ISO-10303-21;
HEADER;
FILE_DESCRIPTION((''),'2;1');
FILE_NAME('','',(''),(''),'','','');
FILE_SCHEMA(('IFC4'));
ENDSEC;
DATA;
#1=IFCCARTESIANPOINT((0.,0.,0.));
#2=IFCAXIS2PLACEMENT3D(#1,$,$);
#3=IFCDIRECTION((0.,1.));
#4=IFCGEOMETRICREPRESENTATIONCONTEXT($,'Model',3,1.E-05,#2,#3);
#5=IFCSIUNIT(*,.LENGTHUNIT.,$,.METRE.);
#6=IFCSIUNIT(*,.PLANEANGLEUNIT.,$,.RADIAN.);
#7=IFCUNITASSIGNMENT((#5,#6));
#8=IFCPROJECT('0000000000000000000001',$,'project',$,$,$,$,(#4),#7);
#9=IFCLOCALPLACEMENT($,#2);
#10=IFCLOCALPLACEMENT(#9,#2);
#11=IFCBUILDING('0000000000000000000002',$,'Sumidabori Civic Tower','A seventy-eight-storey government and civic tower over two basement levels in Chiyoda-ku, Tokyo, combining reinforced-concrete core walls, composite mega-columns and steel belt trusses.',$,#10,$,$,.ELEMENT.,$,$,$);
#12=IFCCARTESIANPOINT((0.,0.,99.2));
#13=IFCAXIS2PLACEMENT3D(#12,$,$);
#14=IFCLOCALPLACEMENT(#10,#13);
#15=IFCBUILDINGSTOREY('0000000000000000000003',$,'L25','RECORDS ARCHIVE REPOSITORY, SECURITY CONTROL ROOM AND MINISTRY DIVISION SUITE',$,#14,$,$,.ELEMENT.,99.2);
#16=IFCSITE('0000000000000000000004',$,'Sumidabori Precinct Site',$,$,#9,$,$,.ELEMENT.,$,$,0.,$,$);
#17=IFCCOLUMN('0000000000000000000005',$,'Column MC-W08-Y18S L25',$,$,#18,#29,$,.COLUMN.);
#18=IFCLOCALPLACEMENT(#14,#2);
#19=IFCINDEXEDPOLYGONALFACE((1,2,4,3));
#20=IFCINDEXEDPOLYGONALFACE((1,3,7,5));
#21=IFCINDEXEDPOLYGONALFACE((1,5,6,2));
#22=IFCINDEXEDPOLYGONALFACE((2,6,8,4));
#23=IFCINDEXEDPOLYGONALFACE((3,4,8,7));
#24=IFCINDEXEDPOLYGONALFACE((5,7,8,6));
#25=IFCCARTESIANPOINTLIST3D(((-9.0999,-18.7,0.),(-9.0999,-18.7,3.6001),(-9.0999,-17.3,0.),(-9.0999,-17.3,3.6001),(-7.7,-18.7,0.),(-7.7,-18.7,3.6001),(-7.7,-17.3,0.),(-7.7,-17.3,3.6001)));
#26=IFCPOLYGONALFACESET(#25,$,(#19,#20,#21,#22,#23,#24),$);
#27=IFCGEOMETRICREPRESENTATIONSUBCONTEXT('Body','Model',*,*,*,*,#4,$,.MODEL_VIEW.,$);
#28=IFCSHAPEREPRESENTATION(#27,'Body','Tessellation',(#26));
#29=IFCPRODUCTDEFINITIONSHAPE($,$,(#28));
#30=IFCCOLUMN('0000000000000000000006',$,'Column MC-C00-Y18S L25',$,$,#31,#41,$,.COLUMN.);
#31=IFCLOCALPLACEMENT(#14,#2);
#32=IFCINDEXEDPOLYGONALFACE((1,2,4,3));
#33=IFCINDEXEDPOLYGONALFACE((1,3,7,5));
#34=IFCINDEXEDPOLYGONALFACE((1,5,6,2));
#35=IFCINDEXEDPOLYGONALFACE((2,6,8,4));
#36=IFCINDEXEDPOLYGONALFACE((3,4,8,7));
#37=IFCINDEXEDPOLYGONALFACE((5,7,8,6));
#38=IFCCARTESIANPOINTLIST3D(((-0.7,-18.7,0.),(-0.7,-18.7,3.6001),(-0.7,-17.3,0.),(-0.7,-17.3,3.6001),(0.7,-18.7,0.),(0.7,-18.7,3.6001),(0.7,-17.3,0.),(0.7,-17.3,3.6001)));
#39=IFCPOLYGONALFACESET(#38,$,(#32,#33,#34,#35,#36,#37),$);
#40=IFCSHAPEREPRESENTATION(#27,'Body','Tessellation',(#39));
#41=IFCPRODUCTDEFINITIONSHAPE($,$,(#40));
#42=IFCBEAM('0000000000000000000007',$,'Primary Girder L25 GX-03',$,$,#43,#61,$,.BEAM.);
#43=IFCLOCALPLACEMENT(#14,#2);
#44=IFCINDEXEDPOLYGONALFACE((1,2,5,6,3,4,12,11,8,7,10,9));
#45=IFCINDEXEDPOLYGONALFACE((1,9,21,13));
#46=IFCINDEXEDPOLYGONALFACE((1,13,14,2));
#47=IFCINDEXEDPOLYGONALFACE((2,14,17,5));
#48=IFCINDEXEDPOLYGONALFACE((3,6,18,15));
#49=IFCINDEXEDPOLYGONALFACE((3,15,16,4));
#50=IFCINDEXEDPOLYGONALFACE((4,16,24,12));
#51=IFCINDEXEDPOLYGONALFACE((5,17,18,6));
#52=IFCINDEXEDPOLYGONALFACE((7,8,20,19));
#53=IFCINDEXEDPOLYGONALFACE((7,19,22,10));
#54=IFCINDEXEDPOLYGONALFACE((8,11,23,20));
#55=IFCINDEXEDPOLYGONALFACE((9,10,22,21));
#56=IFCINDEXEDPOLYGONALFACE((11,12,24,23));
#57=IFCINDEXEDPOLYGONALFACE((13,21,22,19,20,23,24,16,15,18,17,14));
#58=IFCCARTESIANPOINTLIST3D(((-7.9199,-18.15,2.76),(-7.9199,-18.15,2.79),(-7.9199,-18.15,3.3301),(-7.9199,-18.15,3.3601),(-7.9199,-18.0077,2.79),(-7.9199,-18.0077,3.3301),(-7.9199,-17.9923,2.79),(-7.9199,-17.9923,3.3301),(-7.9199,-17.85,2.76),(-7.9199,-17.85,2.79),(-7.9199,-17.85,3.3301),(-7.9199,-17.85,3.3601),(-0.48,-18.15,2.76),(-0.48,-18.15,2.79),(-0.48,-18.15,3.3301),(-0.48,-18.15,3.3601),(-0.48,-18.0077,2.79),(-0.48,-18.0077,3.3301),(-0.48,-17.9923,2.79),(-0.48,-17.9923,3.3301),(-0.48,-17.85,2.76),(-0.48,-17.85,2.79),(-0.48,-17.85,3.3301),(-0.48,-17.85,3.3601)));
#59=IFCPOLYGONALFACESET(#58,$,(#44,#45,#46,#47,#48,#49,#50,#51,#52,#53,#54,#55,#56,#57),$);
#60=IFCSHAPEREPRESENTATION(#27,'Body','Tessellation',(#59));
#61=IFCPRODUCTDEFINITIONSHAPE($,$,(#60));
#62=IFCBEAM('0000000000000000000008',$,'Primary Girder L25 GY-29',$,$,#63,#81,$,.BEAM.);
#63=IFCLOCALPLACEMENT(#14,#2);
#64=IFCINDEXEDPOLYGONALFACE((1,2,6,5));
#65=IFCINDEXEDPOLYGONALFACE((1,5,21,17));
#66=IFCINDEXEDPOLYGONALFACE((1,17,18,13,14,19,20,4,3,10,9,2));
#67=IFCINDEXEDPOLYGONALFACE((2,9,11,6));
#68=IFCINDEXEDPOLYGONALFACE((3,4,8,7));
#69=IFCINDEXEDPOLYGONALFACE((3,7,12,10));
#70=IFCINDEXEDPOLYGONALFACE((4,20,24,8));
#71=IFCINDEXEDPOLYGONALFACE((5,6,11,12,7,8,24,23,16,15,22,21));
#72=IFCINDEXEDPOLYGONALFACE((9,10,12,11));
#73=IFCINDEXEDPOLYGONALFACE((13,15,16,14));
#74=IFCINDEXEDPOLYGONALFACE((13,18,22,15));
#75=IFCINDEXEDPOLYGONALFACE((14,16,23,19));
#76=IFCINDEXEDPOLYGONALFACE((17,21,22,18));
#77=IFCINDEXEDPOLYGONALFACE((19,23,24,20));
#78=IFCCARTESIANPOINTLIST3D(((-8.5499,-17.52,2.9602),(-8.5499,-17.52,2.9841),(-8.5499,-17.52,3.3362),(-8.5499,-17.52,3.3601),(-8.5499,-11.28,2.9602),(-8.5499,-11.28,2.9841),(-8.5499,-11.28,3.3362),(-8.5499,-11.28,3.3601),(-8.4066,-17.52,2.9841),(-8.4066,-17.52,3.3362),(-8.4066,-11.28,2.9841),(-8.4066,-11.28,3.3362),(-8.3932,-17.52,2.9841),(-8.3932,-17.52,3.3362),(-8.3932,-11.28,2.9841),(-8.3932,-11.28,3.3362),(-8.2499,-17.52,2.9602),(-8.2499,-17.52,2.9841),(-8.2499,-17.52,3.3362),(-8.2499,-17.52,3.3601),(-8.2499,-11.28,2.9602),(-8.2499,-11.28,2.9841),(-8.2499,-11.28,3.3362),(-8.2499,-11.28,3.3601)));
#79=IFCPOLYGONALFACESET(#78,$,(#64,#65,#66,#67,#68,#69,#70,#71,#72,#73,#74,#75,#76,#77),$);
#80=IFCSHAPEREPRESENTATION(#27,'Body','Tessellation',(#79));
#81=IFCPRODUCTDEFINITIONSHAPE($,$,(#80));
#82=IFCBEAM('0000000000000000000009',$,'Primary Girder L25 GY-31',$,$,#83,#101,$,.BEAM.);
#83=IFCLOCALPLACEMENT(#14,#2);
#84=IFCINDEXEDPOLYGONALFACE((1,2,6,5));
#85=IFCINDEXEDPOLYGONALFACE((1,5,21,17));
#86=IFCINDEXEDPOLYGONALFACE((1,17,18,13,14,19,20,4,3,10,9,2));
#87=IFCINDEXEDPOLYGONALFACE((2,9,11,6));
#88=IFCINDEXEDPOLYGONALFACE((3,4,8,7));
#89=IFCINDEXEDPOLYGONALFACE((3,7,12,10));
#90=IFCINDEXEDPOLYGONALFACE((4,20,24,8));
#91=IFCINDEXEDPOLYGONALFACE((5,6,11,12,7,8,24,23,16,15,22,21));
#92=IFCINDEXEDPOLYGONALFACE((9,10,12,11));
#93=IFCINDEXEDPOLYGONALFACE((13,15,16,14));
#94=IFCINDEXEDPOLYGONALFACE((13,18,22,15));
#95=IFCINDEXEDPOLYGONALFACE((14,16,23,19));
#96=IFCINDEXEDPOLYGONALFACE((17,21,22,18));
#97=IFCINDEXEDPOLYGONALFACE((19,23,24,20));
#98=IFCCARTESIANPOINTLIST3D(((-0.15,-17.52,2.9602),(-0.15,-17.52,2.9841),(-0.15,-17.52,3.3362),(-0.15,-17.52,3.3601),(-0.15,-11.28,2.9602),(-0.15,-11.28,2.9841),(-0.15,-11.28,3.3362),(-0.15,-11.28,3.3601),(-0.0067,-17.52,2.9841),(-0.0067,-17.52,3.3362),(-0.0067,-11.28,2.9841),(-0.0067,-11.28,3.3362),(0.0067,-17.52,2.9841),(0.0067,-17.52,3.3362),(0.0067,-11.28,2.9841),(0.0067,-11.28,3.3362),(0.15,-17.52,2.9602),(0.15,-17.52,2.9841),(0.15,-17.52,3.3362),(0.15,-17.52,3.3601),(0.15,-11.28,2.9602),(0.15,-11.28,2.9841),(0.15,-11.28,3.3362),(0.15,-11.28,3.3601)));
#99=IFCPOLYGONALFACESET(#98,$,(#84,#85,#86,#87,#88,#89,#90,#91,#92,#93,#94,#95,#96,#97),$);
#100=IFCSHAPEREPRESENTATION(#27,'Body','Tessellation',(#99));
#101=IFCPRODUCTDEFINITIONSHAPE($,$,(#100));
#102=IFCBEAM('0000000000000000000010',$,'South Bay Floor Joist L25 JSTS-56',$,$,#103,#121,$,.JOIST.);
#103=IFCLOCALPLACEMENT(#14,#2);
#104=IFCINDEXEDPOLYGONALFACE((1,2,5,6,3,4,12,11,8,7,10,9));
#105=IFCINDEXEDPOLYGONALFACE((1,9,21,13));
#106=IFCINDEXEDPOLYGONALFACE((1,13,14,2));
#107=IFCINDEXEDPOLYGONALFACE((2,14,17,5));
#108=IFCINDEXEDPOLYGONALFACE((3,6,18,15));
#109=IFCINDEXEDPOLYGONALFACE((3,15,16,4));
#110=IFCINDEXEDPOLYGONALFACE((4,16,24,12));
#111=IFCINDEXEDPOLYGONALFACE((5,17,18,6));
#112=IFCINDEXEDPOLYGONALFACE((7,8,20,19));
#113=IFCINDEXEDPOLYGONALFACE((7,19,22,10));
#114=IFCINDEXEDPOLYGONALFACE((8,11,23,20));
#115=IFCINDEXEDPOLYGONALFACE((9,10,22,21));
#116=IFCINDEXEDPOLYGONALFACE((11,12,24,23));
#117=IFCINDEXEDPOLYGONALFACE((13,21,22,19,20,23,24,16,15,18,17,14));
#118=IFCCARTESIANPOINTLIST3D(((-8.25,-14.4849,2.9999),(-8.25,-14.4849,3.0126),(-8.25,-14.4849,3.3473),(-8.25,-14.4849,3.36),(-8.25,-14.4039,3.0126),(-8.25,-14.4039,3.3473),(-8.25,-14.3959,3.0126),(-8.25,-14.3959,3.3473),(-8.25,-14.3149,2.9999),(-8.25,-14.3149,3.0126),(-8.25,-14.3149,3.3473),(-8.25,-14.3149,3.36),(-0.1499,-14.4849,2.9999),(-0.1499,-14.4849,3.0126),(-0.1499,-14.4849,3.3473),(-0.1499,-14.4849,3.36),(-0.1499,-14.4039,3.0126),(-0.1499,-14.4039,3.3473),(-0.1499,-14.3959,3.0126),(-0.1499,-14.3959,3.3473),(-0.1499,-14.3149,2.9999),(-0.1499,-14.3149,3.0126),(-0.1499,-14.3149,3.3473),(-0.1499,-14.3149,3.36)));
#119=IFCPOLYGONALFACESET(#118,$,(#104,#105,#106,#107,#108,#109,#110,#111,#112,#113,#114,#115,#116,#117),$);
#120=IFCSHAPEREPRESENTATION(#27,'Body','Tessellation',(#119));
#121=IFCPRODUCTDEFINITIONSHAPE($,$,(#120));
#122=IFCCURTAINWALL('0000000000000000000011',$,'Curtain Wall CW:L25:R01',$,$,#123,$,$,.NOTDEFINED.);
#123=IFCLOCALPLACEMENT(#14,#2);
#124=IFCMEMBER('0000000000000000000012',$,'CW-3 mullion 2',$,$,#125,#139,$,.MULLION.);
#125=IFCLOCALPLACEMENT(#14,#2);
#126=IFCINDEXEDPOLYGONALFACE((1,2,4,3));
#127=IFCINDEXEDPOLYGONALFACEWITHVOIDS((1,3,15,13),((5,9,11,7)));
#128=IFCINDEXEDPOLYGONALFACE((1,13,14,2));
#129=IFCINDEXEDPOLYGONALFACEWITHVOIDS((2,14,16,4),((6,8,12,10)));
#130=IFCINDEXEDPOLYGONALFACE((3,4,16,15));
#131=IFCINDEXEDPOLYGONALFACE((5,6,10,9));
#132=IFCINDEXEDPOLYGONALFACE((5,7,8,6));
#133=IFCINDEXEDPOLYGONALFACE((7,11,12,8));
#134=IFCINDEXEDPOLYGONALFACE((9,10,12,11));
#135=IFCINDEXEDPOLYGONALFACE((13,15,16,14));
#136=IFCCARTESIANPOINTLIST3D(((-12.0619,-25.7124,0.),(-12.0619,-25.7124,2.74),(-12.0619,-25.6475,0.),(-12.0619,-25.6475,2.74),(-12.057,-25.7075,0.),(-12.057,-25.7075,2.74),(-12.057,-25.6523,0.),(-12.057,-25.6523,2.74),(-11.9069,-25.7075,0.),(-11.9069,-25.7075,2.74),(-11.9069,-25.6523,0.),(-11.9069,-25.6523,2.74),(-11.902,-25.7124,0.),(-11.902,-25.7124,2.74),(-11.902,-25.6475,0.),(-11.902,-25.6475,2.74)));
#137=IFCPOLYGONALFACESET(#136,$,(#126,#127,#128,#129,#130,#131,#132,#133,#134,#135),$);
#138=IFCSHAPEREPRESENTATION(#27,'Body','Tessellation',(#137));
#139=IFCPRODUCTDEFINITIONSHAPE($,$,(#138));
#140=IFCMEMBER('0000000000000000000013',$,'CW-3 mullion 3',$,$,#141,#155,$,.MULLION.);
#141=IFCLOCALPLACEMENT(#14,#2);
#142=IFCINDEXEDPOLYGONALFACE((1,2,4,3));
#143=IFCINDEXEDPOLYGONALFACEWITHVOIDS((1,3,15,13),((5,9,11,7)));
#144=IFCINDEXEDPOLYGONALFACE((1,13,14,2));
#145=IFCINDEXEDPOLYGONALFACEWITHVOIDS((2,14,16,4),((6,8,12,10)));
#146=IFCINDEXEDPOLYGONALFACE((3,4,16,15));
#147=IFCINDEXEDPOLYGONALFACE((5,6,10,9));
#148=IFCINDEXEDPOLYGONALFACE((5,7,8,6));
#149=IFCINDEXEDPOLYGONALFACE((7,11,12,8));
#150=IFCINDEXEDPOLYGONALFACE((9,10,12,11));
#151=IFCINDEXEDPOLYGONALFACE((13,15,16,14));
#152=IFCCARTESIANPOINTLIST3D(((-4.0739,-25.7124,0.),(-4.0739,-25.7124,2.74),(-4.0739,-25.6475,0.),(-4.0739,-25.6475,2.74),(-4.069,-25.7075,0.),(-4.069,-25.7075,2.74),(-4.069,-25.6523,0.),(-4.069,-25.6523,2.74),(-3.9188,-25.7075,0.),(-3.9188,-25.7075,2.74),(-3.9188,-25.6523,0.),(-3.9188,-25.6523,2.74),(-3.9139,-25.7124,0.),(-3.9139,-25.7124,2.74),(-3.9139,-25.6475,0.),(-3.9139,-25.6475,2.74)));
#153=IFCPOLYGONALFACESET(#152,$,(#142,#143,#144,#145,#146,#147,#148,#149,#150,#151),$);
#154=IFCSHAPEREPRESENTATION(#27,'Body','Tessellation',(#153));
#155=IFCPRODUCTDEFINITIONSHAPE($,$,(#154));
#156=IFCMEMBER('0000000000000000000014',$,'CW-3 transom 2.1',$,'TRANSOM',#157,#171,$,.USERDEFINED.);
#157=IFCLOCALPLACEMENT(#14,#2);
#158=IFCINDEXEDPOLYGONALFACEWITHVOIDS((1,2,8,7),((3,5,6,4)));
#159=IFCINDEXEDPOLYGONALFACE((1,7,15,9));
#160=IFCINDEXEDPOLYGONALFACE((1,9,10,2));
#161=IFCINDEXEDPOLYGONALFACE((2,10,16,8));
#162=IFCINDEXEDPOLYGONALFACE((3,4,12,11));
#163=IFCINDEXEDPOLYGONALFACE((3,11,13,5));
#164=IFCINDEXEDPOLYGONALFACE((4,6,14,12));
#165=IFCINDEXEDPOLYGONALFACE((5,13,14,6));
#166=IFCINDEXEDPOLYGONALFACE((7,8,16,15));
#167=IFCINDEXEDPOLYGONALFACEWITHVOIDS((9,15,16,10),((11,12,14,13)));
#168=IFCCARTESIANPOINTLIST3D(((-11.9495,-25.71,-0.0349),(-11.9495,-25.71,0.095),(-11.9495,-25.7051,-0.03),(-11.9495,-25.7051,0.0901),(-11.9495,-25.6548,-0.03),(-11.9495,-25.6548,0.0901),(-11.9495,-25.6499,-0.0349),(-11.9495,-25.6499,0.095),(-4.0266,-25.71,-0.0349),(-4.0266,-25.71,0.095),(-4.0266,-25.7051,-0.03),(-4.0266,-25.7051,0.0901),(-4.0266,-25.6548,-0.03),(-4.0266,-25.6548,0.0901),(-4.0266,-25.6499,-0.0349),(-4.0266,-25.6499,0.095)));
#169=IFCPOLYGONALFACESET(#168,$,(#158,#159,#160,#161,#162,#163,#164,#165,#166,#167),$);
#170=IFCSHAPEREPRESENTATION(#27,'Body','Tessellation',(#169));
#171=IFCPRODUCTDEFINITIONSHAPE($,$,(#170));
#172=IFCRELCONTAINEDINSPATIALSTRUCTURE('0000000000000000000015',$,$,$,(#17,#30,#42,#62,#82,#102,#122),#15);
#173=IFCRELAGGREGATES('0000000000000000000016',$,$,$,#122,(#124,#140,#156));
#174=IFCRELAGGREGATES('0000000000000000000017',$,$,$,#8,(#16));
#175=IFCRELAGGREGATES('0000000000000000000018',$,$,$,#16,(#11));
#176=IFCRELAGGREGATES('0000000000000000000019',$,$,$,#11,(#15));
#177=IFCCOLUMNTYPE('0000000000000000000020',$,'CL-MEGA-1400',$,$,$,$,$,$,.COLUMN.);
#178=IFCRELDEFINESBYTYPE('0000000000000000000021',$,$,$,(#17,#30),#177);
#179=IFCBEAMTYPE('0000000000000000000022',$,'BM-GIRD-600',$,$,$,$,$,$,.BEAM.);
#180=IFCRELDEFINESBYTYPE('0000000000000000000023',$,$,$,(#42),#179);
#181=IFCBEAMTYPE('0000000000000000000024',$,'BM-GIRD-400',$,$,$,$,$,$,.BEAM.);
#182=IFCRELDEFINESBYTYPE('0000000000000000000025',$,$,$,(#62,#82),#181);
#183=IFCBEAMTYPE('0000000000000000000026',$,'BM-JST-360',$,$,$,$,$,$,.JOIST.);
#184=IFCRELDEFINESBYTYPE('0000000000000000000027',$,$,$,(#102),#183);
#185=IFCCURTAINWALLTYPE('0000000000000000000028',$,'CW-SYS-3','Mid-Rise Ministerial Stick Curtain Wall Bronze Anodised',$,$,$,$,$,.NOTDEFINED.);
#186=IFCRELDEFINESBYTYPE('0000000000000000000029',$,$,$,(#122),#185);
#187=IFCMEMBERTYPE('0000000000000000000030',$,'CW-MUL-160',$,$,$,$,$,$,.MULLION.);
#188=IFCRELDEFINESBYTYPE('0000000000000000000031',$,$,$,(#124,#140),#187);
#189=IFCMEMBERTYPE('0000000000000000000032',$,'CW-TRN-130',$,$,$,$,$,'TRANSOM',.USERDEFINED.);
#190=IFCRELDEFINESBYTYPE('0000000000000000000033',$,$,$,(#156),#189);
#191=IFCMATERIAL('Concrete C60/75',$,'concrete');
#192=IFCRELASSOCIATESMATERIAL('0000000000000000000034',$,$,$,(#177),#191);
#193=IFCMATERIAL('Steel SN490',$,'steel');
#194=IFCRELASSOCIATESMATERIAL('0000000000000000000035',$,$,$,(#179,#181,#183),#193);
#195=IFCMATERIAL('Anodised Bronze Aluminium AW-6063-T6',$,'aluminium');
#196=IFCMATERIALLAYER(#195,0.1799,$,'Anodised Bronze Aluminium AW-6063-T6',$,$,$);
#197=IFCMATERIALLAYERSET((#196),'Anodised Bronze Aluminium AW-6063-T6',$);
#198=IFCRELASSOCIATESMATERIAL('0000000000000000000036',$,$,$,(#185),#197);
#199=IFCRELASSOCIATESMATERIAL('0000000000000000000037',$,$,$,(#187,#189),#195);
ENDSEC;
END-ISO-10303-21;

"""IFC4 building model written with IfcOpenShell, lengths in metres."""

from ifc_helpers import new_model, si_unit, direction, frame, origin, origin_2d, place, context, subcontext, project, spatial, rectangle, hollow_rectangle, i_section, extrude, source, transform, mapped, material, layer, layer_set, material_profile, profile_set, type_object, element, aggregate, save


model = new_model("IFC4")

# Units and contexts
model_context = context("Model", 3, precision=1e-05, world=origin(), true_north=direction((0.0, 1.0)))
body_context = subcontext(model_context, "Body", "Model", "MODEL_VIEW")
ifc_project = project(units=[si_unit("LENGTHUNIT", "METRE"), si_unit("PLANEANGLEUNIT", "RADIAN")], contexts=[model_context])

# Site, building, storey
site_placement = place(None, origin())
site = spatial("IfcSite", under=ifc_project, at=site_placement, Name="Sumidabori Precinct Site", CompositionType="ELEMENT", RefElevation=0.0)
building_placement = place(site_placement, origin())
building = spatial("IfcBuilding", under=site, at=building_placement, Name="Sumidabori Civic Tower", Description="A seventy-eight-storey government and civic tower over two basement levels in Chiyoda-ku, Tokyo, combining reinforced-concrete core walls, composite mega-columns and steel belt trusses.", CompositionType="ELEMENT")
storey_placement = place(building_placement, frame((0.0, 0.0, 99.2)))
storey = spatial("IfcBuildingStorey", under=building, at=storey_placement, Name="L25", Description="RECORDS ARCHIVE REPOSITORY, SECURITY CONTROL ROOM AND MINISTRY DIVISION SUITE", CompositionType="ELEMENT", Elevation=99.2)

# Columns
ifc_material_1 = material(Name="Concrete C60/75", Category="concrete")
ifc_material_profile_1 = material_profile(ifc_material_1, rectangle(XDim=1.3999, YDim=1.3999, at=origin_2d()), Name="RC 1400x1400")
ifc_profile_set_1 = profile_set([ifc_material_profile_1], Name="Concrete C60/75")
column_type = type_object("IfcColumnType", Name="CL-MEGA-1400", PredefinedType="COLUMN", material=ifc_profile_set_1)
shared_shape_1 = source(origin(), body_context, "Body", "SweptSolid", [
    extrude(rectangle(XDim=1.3999, YDim=1.3999, at=origin_2d()), origin(), (0.0, 0.0, 1.0), 3.6001),
])
for number, where, z_axis, x_axis, name in (
    (1, (-8.3999, -18.0, 0.0), (0.0, 0.0, 1.0), (1.0, 0.0, 0.0), "Column MC-W08-Y18S L25"),
    (2, (0.0, -18.0, 0.0), (0.0, 0.0, 1.0), (1.0, 0.0, 0.0), "Column MC-C00-Y18S L25"),
):
    element("IfcColumn", number, at=place(storey_placement, frame(where, z_axis=z_axis, x_axis=x_axis)), inside=storey, type_object=column_type, Name=name, PredefinedType="COLUMN", context=body_context, shape_type="MappedRepresentation", body=[
        mapped(shared_shape_1, transform((0.0, 0.0, 0.0), x_axis=(1.0, 0.0, 0.0), y_axis=(0.0, 1.0, 0.0), z_axis=(0.0, 0.0, 1.0), scale=1.0)),
    ])

# Beams
ifc_material_2 = material(Name="Steel SN490", Category="steel")
ifc_material_profile_2 = material_profile(ifc_material_2, i_section(OverallWidth=0.3, OverallDepth=0.6001, WebThickness=0.0154, FlangeThickness=0.03, at=origin_2d()), Name="HE 600 B")
ifc_profile_set_2 = profile_set([ifc_material_profile_2], Name="Steel SN490")
beam_type_1 = type_object("IfcBeamType", Name="BM-GIRD-600", PredefinedType="BEAM", material=ifc_profile_set_2)
shared_shape_2 = source(origin(), body_context, "Body", "SweptSolid", [
    extrude(i_section(OverallWidth=0.3, OverallDepth=0.6001, WebThickness=0.0154, FlangeThickness=0.03, at=origin_2d()), origin(), (0.0, 0.0, 1.0), 7.4399),
])
beam_1_placement = place(storey_placement, frame((-7.9199, -18.0, 3.0601), z_axis=(1.0, 0.0, 0.0), x_axis=(0.0, 1.0, 0.0)))
element("IfcBeam", 3, at=beam_1_placement, inside=storey, type_object=beam_type_1, Name="Primary Girder L25 GX-03", PredefinedType="BEAM", context=body_context, shape_type="MappedRepresentation", body=[
    mapped(shared_shape_2, transform((0.0, 0.0, 0.0), x_axis=(1.0, 0.0, 0.0), y_axis=(0.0, 1.0, 0.0), z_axis=(0.0, 0.0, 1.0), scale=1.0)),
])
ifc_material_profile_3 = material_profile(ifc_material_2, i_section(OverallWidth=0.3, OverallDepth=0.3999, WebThickness=0.0134, FlangeThickness=0.0239, at=origin_2d()), Name="HE 400 B")
ifc_profile_set_3 = profile_set([ifc_material_profile_3], Name="Steel SN490")
beam_type_2 = type_object("IfcBeamType", Name="BM-GIRD-400", PredefinedType="BEAM", material=ifc_profile_set_3)
shared_shape_3 = source(origin(), body_context, "Body", "SweptSolid", [
    extrude(i_section(OverallWidth=0.3, OverallDepth=0.3999, WebThickness=0.0134, FlangeThickness=0.0239, at=origin_2d()), origin(), (0.0, 0.0, 1.0), 6.24),
])
for number, where, z_axis, x_axis, name in (
    (4, (-8.3999, -17.52, 3.1602), (0.0, 1.0, 0.0), (-1.0, 0.0, 0.0), "Primary Girder L25 GY-29"),
    (5, (0.0, -17.52, 3.1602), (0.0, 1.0, 0.0), (-1.0, 0.0, 0.0), "Primary Girder L25 GY-31"),
):
    element("IfcBeam", number, at=place(storey_placement, frame(where, z_axis=z_axis, x_axis=x_axis)), inside=storey, type_object=beam_type_2, Name=name, PredefinedType="BEAM", context=body_context, shape_type="MappedRepresentation", body=[
        mapped(shared_shape_3, transform((0.0, 0.0, 0.0), x_axis=(1.0, 0.0, 0.0), y_axis=(0.0, 1.0, 0.0), z_axis=(0.0, 0.0, 1.0), scale=1.0)),
    ])
ifc_material_profile_4 = material_profile(ifc_material_2, i_section(OverallWidth=0.1699, OverallDepth=0.3601, WebThickness=0.0081, FlangeThickness=0.0127, at=origin_2d()), Name="IPE 360")
ifc_profile_set_4 = profile_set([ifc_material_profile_4], Name="Steel SN490")
beam_type_3 = type_object("IfcBeamType", Name="BM-JST-360", PredefinedType="JOIST", material=ifc_profile_set_4)
shared_shape_4 = source(origin(), body_context, "Body", "SweptSolid", [
    extrude(i_section(OverallWidth=0.1699, OverallDepth=0.3601, WebThickness=0.0081, FlangeThickness=0.0127, at=origin_2d()), origin(), (0.0, 0.0, 1.0), 8.1001),
])
beam_2_placement = place(storey_placement, frame((-8.25, -14.3999, 3.1799), z_axis=(1.0, 0.0, 0.0), x_axis=(0.0, 1.0, 0.0)))
element("IfcBeam", 6, at=beam_2_placement, inside=storey, type_object=beam_type_3, Name="South Bay Floor Joist L25 JSTS-56", PredefinedType="JOIST", context=body_context, shape_type="MappedRepresentation", body=[
    mapped(shared_shape_4, transform((0.0, 0.0, 0.0), x_axis=(1.0, 0.0, 0.0), y_axis=(0.0, 1.0, 0.0), z_axis=(0.0, 0.0, 1.0), scale=1.0)),
])

# Curtain wall, members
ifc_material_3 = material(Name="Anodised Bronze Aluminium AW-6063-T6", Category="aluminium")
ifc_layer_1 = layer(ifc_material_3, 0.1799, Name="Anodised Bronze Aluminium AW-6063-T6")
ifc_layer_set_1 = layer_set([ifc_layer_1], Name="Anodised Bronze Aluminium AW-6063-T6")
curtain_wall_type = type_object("IfcCurtainWallType", Name="CW-SYS-3", Description="Mid-Rise Ministerial Stick Curtain Wall Bronze Anodised", PredefinedType="NOTDEFINED", material=ifc_layer_set_1)
curtain_wall_placement = place(storey_placement, origin())
curtain_wall = element("IfcCurtainWall", 7, at=curtain_wall_placement, inside=storey, type_object=curtain_wall_type, Name="Curtain Wall CW:L25:R01", PredefinedType="NOTDEFINED")
ifc_material_profile_5 = material_profile(ifc_material_3, hollow_rectangle(XDim=0.0649, YDim=0.1599, WallThickness=0.0049, at=origin_2d()), Name="ALU MULLION 160x65")
ifc_profile_set_5 = profile_set([ifc_material_profile_5], Name="Anodised Bronze Aluminium AW-6063-T6")
member_type_1 = type_object("IfcMemberType", Name="CW-MUL-160", PredefinedType="MULLION", material=ifc_profile_set_5)
shared_shape_5 = source(origin(), body_context, "Body", "SweptSolid", [
    extrude(hollow_rectangle(XDim=0.0649, YDim=0.1599, WallThickness=0.0049, at=origin_2d()), origin(), (0.0, 0.0, 1.0), 2.74),
])
member_1_placement = place(storey_placement, frame((-11.9819, -25.6799, 0.0), z_axis=(0.0, 0.0, 1.0), x_axis=(0.0, 1.0, 0.0)))
member_1 = element("IfcMember", 8, at=member_1_placement, type_object=member_type_1, Name="CW-3 mullion 2", PredefinedType="MULLION", context=body_context, shape_type="MappedRepresentation", body=[
    mapped(shared_shape_5, transform((0.0, 0.0, 0.0), x_axis=(1.0, 0.0, 0.0), y_axis=(0.0, 1.0, 0.0), z_axis=(0.0, 0.0, 1.0), scale=1.0)),
])
member_2_placement = place(storey_placement, frame((-3.9939, -25.6799, 0.0), z_axis=(0.0, 0.0, 1.0), x_axis=(0.0, 1.0, 0.0)))
member_2 = element("IfcMember", 9, at=member_2_placement, type_object=member_type_1, Name="CW-3 mullion 3", PredefinedType="MULLION", context=body_context, shape_type="MappedRepresentation", body=[
    mapped(shared_shape_5, transform((0.0, 0.0, 0.0), x_axis=(1.0, 0.0, 0.0), y_axis=(0.0, 1.0, 0.0), z_axis=(0.0, 0.0, 1.0), scale=1.0)),
])
ifc_material_profile_6 = material_profile(ifc_material_3, hollow_rectangle(XDim=0.0601, YDim=0.1299, WallThickness=0.0049, at=origin_2d()), Name="ALU TRANSOM 130x60")
ifc_profile_set_6 = profile_set([ifc_material_profile_6], Name="Anodised Bronze Aluminium AW-6063-T6")
member_type_2 = type_object("IfcMemberType", Name="CW-TRN-130", ElementType="TRANSOM", PredefinedType="USERDEFINED", material=ifc_profile_set_6)
shared_shape_6 = source(origin(), body_context, "Body", "SweptSolid", [
    extrude(hollow_rectangle(XDim=0.0601, YDim=0.1299, WallThickness=0.0049, at=origin_2d()), origin(), (0.0, 0.0, 1.0), 7.9229),
])
member_3_placement = place(storey_placement, frame((-11.9495, -25.6799, 0.03), z_axis=(1.0, 0.0, 0.0), x_axis=(0.0, 1.0, 0.0)))
member_3 = element("IfcMember", 10, at=member_3_placement, type_object=member_type_2, Name="CW-3 transom 2.1", ObjectType="TRANSOM", PredefinedType="USERDEFINED", context=body_context, shape_type="MappedRepresentation", body=[
    mapped(shared_shape_6, transform((0.0, 0.0, 0.0), x_axis=(1.0, 0.0, 0.0), y_axis=(0.0, 1.0, 0.0), z_axis=(0.0, 0.0, 1.0), scale=1.0)),
])
aggregate(curtain_wall, [member_1, member_2, member_3])

save(model, "model.ifc")
